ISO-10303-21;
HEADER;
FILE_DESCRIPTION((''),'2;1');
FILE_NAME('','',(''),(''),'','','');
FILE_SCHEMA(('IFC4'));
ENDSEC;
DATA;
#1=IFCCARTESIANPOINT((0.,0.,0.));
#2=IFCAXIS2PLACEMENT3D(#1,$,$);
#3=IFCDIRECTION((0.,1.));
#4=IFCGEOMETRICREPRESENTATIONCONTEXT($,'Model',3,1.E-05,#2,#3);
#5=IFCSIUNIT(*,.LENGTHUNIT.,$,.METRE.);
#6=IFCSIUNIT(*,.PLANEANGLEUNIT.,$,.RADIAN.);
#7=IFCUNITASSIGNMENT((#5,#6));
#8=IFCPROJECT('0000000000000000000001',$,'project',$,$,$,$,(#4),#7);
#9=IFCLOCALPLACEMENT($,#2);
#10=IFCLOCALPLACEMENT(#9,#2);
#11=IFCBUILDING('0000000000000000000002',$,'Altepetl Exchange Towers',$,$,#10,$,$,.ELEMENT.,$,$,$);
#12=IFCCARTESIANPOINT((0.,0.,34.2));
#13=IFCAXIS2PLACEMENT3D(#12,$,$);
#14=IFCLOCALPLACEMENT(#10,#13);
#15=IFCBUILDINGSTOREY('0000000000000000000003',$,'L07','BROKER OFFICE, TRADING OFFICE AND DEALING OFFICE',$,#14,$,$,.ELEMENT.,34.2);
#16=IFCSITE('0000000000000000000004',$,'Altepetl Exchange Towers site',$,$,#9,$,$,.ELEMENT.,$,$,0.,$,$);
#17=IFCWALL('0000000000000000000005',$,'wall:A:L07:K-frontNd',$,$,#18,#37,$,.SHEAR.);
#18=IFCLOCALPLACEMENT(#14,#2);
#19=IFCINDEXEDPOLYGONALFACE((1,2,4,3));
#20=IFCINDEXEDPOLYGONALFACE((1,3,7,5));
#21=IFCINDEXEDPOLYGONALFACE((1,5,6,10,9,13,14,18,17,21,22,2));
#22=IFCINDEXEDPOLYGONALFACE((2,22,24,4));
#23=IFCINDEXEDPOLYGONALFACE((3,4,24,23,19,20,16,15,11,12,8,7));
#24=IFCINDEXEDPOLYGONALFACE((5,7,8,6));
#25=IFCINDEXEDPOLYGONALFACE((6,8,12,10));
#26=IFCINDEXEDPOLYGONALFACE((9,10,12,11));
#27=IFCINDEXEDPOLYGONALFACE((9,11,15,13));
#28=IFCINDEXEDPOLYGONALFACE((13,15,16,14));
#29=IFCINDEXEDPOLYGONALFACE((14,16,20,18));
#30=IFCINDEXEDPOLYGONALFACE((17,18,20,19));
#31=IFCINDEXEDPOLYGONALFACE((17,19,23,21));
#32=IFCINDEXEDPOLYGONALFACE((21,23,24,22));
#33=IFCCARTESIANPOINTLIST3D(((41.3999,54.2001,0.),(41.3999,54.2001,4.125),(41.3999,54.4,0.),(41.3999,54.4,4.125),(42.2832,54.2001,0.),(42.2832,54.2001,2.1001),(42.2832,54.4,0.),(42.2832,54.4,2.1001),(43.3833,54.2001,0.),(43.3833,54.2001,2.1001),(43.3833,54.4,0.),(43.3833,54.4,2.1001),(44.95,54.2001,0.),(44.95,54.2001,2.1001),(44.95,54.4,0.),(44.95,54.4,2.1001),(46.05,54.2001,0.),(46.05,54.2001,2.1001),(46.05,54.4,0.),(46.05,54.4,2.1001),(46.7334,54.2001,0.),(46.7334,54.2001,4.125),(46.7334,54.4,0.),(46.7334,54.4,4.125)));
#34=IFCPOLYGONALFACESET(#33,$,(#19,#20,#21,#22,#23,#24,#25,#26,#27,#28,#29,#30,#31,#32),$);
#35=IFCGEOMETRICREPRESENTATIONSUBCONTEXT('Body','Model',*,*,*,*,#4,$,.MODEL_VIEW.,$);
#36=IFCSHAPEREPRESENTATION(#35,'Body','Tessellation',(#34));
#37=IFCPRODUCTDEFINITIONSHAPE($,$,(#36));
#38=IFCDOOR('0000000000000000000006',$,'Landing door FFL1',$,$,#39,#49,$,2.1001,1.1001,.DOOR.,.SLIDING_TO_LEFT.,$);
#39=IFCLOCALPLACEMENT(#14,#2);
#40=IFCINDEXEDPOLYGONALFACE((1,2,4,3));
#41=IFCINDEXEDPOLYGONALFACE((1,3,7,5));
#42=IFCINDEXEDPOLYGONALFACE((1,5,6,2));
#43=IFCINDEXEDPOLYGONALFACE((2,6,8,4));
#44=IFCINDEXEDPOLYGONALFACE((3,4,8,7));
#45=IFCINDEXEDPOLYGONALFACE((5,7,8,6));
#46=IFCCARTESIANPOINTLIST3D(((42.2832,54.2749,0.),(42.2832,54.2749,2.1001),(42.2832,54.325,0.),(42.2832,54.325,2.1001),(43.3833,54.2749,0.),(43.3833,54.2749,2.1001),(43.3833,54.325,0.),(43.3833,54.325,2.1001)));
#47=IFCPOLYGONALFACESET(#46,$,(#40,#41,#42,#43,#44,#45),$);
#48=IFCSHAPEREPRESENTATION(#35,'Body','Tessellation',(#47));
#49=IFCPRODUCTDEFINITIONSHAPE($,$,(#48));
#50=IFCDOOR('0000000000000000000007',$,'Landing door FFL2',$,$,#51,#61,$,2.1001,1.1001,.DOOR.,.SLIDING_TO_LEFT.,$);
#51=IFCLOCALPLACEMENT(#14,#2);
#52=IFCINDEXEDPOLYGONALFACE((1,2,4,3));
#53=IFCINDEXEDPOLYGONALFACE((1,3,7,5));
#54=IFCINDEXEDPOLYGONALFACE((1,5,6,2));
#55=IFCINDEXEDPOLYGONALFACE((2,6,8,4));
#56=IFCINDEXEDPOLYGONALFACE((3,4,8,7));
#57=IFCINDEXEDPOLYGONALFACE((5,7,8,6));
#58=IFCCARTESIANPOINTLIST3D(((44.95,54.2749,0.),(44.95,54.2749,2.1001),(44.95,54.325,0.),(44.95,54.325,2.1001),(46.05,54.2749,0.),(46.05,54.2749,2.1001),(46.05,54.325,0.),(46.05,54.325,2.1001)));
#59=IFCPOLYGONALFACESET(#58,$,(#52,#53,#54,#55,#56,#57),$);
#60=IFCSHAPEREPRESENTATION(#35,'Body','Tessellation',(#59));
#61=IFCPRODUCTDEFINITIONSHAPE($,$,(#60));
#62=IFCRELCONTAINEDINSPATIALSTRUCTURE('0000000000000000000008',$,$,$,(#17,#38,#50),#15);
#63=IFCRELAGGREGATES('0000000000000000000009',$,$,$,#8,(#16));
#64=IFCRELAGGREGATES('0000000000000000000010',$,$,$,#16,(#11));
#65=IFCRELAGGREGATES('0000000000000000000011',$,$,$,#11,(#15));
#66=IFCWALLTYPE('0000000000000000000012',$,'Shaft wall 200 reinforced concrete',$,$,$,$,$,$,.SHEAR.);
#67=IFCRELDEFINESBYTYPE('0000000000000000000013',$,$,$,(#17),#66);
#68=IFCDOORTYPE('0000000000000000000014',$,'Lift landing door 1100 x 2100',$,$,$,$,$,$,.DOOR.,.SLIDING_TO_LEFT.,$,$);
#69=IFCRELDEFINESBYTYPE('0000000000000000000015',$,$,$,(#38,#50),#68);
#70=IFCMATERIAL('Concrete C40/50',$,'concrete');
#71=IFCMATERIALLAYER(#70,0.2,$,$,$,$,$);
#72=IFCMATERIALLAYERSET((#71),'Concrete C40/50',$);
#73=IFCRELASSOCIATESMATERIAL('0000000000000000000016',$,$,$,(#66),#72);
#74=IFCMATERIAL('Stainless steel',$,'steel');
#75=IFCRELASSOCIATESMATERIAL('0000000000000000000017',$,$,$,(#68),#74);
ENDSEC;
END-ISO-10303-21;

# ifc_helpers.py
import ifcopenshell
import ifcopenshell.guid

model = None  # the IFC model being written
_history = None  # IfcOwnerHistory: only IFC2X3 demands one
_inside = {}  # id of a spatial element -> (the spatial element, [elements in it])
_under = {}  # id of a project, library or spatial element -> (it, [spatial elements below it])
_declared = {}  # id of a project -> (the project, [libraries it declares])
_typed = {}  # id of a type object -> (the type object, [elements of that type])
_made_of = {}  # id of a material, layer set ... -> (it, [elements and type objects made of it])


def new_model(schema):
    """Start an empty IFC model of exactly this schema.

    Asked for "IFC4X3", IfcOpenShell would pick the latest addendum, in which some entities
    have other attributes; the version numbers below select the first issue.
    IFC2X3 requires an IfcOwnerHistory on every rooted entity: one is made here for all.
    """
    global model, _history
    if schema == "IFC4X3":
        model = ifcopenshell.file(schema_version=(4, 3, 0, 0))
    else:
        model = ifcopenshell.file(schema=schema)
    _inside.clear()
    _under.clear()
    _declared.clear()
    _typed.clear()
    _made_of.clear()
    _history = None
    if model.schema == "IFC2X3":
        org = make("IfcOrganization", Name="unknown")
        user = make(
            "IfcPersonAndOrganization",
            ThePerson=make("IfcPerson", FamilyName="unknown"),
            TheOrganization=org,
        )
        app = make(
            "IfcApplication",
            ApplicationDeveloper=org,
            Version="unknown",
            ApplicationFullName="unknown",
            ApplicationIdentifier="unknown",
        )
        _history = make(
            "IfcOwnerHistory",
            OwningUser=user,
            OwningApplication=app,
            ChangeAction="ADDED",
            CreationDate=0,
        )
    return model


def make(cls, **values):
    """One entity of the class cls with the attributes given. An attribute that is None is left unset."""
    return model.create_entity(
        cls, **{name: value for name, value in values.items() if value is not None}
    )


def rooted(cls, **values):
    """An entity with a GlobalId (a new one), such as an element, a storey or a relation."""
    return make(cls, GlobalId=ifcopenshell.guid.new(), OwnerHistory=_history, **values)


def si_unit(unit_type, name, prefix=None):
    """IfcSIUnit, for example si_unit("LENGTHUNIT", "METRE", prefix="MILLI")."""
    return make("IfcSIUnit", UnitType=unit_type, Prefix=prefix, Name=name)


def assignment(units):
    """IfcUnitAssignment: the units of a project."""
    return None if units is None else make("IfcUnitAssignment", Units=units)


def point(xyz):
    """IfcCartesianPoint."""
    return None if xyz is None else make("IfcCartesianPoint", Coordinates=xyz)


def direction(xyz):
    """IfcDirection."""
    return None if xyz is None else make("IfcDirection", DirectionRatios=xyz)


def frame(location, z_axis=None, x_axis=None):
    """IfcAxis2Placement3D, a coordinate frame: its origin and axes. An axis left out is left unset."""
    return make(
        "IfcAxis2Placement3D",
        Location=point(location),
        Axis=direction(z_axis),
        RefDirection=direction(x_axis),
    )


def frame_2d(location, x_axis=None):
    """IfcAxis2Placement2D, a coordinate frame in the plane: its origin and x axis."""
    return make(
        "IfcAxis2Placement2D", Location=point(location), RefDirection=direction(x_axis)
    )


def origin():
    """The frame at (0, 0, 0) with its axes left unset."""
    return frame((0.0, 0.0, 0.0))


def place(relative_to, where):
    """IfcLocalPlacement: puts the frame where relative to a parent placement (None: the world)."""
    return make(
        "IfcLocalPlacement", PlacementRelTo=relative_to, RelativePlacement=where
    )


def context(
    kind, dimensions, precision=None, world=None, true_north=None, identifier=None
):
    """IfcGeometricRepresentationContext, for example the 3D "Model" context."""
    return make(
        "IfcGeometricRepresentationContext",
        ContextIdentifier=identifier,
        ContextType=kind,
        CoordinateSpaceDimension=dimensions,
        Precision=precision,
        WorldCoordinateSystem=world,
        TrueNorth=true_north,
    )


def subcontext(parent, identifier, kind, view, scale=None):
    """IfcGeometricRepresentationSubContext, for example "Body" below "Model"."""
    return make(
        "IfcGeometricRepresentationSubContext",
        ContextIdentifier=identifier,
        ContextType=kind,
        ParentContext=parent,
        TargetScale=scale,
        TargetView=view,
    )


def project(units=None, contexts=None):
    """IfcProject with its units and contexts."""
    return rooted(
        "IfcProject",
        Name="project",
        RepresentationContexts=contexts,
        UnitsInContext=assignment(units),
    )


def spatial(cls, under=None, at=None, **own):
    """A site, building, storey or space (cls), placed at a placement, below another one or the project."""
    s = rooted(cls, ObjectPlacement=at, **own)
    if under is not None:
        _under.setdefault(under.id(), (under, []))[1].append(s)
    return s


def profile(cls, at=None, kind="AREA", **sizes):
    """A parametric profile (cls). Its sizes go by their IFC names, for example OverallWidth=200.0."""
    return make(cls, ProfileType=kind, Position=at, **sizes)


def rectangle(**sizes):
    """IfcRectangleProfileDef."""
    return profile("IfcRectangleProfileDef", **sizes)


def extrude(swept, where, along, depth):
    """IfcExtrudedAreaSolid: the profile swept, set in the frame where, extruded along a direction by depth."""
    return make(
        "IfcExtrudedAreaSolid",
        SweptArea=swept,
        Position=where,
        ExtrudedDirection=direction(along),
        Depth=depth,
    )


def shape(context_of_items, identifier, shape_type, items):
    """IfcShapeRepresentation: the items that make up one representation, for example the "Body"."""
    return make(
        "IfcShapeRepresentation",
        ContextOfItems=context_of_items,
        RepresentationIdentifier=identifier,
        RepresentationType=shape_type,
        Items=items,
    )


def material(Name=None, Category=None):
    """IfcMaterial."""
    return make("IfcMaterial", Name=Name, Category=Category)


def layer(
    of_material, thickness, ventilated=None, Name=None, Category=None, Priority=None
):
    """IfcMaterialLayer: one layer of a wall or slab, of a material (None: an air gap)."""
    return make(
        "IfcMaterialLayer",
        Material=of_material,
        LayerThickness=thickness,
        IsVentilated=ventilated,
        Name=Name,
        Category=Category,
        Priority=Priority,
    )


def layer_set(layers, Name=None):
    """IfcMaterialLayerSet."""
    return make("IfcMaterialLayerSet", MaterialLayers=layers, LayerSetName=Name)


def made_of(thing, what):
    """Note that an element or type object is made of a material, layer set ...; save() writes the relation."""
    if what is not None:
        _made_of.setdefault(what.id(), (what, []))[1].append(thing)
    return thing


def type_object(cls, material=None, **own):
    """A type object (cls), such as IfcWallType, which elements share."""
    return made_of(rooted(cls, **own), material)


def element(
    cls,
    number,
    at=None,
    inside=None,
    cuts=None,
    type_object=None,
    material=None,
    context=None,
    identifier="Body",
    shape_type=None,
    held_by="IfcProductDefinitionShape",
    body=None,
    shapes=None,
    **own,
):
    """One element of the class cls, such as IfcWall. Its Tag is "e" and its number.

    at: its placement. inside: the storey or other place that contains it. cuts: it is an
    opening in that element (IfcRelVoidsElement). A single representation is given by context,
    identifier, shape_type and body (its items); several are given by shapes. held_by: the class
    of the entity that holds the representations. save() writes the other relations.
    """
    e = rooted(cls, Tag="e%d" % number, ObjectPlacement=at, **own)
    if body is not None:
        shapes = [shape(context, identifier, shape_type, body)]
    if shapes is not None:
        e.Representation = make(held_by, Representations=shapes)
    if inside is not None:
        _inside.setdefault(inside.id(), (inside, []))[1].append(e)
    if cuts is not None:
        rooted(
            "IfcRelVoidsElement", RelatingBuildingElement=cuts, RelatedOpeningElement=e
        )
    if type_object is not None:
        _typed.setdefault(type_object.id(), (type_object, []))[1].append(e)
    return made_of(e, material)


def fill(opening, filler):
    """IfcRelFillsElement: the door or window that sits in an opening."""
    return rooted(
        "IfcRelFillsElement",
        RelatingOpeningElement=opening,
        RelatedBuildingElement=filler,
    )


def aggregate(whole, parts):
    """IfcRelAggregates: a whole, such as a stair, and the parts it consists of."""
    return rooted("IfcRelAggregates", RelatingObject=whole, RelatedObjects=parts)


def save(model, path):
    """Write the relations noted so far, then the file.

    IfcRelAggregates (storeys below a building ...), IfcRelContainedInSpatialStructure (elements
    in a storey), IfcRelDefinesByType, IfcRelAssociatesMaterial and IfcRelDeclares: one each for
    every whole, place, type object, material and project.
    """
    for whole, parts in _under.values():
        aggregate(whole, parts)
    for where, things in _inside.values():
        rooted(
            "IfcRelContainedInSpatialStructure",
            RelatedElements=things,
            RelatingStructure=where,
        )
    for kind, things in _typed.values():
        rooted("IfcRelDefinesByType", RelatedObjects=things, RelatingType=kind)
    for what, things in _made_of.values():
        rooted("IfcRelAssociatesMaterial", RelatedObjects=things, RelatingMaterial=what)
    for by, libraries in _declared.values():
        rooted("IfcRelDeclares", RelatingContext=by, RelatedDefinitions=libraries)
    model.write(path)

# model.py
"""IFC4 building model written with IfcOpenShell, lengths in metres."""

from ifc_helpers import new_model, si_unit, direction, frame, frame_2d, origin, place, context, subcontext, project, spatial, rectangle, extrude, material, layer, layer_set, type_object, element, fill, save


model = new_model("IFC4")

# Units and contexts
model_context = context("Model", 3, precision=1e-05, world=origin(), true_north=direction((0.0, 1.0)))
body_context = subcontext(model_context, "Body", "Model", "MODEL_VIEW")
ifc_project = project(units=[si_unit("LENGTHUNIT", "METRE"), si_unit("PLANEANGLEUNIT", "RADIAN")], contexts=[model_context])

# Site, building, storey
site_placement = place(None, origin())
site = spatial("IfcSite", under=ifc_project, at=site_placement, Name="Altepetl Exchange Towers site", CompositionType="ELEMENT", RefElevation=0.0)
building_placement = place(site_placement, origin())
building = spatial("IfcBuilding", under=site, at=building_placement, Name="Altepetl Exchange Towers", CompositionType="ELEMENT")
storey_placement = place(building_placement, frame((0.0, 0.0, 34.2)))
storey = spatial("IfcBuildingStorey", under=building, at=storey_placement, Name="L07", Description="BROKER OFFICE, TRADING OFFICE AND DEALING OFFICE", CompositionType="ELEMENT", Elevation=34.2)

# Wall, openings, doors
ifc_material_1 = material(Name="Concrete C40/50", Category="concrete")
ifc_layer_1 = layer(ifc_material_1, 0.2)
ifc_layer_set_1 = layer_set([ifc_layer_1], Name="Concrete C40/50")
wall_type_1 = type_object("IfcWallType", Name="Shaft wall 200 reinforced concrete", PredefinedType="SHEAR", material=ifc_layer_set_1)
wall_1_placement = place(storey_placement, frame((41.3999, 54.3, 0.0)))
wall_1 = element("IfcWall", 1, at=wall_1_placement, inside=storey, type_object=wall_type_1, Name="wall:A:L07:K-frontNd", PredefinedType="SHEAR", context=body_context, shape_type="SweptSolid", body=[
    extrude(rectangle(XDim=5.3335, YDim=0.2, at=frame_2d((2.6667, 0.0))), origin(), (0.0, 0.0, 1.0), 4.125),
])
opening_1_placement = place(wall_1_placement, frame((0.8833, 0.0, 0.0)))
opening_1 = element("IfcOpeningElement", 2, at=opening_1_placement, cuts=wall_1, PredefinedType="OPENING", context=body_context, shape_type="SweptSolid", body=[
    extrude(rectangle(XDim=1.1001, YDim=2.1001, at=frame_2d((0.55, 1.05))), frame((0.0, 0.1099, 0.0), z_axis=(0.0, -1.0, 0.0), x_axis=(1.0, 0.0, 0.0)), (0.0, 0.0, 1.0), 0.22),
])
opening_2_placement = place(wall_1_placement, frame((3.55, 0.0, 0.0)))
opening_2 = element("IfcOpeningElement", 3, at=opening_2_placement, cuts=wall_1, PredefinedType="OPENING", context=body_context, shape_type="SweptSolid", body=[
    extrude(rectangle(XDim=1.1001, YDim=2.1001, at=frame_2d((0.55, 1.05))), frame((0.0, 0.1099, 0.0), z_axis=(0.0, -1.0, 0.0), x_axis=(1.0, 0.0, 0.0)), (0.0, 0.0, 1.0), 0.22),
])
ifc_material_2 = material(Name="Stainless steel", Category="steel")
door_type_1 = type_object("IfcDoorType", Name="Lift landing door 1100 x 2100", OperationType="SLIDING_TO_LEFT", PredefinedType="DOOR", material=ifc_material_2)
door_1_placement = place(opening_1_placement, origin())
door_1 = element("IfcDoor", 4, at=door_1_placement, inside=storey, type_object=door_type_1, Name="Landing door FFL1", OperationType="SLIDING_TO_LEFT", OverallHeight=2.1001, OverallWidth=1.1001, PredefinedType="DOOR", context=body_context, shape_type="SweptSolid", body=[
    extrude(rectangle(XDim=1.1001, YDim=2.1001, at=frame_2d((0.55, 1.05))), frame((0.0, 0.0249, 0.0), z_axis=(0.0, -1.0, 0.0), x_axis=(1.0, 0.0, 0.0)), (0.0, 0.0, 1.0), 0.05),
])
fill(opening_1, door_1)
door_2_placement = place(opening_2_placement, origin())
door_2 = element("IfcDoor", 5, at=door_2_placement, inside=storey, type_object=door_type_1, Name="Landing door FFL2", OperationType="SLIDING_TO_LEFT", OverallHeight=2.1001, OverallWidth=1.1001, PredefinedType="DOOR", context=body_context, shape_type="SweptSolid", body=[
    extrude(rectangle(XDim=1.1001, YDim=2.1001, at=frame_2d((0.55, 1.05))), frame((0.0, 0.0249, 0.0), z_axis=(0.0, -1.0, 0.0), x_axis=(1.0, 0.0, 0.0)), (0.0, 0.0, 1.0), 0.05),
])
fill(opening_2, door_2)

save(model, "model.ifc")
